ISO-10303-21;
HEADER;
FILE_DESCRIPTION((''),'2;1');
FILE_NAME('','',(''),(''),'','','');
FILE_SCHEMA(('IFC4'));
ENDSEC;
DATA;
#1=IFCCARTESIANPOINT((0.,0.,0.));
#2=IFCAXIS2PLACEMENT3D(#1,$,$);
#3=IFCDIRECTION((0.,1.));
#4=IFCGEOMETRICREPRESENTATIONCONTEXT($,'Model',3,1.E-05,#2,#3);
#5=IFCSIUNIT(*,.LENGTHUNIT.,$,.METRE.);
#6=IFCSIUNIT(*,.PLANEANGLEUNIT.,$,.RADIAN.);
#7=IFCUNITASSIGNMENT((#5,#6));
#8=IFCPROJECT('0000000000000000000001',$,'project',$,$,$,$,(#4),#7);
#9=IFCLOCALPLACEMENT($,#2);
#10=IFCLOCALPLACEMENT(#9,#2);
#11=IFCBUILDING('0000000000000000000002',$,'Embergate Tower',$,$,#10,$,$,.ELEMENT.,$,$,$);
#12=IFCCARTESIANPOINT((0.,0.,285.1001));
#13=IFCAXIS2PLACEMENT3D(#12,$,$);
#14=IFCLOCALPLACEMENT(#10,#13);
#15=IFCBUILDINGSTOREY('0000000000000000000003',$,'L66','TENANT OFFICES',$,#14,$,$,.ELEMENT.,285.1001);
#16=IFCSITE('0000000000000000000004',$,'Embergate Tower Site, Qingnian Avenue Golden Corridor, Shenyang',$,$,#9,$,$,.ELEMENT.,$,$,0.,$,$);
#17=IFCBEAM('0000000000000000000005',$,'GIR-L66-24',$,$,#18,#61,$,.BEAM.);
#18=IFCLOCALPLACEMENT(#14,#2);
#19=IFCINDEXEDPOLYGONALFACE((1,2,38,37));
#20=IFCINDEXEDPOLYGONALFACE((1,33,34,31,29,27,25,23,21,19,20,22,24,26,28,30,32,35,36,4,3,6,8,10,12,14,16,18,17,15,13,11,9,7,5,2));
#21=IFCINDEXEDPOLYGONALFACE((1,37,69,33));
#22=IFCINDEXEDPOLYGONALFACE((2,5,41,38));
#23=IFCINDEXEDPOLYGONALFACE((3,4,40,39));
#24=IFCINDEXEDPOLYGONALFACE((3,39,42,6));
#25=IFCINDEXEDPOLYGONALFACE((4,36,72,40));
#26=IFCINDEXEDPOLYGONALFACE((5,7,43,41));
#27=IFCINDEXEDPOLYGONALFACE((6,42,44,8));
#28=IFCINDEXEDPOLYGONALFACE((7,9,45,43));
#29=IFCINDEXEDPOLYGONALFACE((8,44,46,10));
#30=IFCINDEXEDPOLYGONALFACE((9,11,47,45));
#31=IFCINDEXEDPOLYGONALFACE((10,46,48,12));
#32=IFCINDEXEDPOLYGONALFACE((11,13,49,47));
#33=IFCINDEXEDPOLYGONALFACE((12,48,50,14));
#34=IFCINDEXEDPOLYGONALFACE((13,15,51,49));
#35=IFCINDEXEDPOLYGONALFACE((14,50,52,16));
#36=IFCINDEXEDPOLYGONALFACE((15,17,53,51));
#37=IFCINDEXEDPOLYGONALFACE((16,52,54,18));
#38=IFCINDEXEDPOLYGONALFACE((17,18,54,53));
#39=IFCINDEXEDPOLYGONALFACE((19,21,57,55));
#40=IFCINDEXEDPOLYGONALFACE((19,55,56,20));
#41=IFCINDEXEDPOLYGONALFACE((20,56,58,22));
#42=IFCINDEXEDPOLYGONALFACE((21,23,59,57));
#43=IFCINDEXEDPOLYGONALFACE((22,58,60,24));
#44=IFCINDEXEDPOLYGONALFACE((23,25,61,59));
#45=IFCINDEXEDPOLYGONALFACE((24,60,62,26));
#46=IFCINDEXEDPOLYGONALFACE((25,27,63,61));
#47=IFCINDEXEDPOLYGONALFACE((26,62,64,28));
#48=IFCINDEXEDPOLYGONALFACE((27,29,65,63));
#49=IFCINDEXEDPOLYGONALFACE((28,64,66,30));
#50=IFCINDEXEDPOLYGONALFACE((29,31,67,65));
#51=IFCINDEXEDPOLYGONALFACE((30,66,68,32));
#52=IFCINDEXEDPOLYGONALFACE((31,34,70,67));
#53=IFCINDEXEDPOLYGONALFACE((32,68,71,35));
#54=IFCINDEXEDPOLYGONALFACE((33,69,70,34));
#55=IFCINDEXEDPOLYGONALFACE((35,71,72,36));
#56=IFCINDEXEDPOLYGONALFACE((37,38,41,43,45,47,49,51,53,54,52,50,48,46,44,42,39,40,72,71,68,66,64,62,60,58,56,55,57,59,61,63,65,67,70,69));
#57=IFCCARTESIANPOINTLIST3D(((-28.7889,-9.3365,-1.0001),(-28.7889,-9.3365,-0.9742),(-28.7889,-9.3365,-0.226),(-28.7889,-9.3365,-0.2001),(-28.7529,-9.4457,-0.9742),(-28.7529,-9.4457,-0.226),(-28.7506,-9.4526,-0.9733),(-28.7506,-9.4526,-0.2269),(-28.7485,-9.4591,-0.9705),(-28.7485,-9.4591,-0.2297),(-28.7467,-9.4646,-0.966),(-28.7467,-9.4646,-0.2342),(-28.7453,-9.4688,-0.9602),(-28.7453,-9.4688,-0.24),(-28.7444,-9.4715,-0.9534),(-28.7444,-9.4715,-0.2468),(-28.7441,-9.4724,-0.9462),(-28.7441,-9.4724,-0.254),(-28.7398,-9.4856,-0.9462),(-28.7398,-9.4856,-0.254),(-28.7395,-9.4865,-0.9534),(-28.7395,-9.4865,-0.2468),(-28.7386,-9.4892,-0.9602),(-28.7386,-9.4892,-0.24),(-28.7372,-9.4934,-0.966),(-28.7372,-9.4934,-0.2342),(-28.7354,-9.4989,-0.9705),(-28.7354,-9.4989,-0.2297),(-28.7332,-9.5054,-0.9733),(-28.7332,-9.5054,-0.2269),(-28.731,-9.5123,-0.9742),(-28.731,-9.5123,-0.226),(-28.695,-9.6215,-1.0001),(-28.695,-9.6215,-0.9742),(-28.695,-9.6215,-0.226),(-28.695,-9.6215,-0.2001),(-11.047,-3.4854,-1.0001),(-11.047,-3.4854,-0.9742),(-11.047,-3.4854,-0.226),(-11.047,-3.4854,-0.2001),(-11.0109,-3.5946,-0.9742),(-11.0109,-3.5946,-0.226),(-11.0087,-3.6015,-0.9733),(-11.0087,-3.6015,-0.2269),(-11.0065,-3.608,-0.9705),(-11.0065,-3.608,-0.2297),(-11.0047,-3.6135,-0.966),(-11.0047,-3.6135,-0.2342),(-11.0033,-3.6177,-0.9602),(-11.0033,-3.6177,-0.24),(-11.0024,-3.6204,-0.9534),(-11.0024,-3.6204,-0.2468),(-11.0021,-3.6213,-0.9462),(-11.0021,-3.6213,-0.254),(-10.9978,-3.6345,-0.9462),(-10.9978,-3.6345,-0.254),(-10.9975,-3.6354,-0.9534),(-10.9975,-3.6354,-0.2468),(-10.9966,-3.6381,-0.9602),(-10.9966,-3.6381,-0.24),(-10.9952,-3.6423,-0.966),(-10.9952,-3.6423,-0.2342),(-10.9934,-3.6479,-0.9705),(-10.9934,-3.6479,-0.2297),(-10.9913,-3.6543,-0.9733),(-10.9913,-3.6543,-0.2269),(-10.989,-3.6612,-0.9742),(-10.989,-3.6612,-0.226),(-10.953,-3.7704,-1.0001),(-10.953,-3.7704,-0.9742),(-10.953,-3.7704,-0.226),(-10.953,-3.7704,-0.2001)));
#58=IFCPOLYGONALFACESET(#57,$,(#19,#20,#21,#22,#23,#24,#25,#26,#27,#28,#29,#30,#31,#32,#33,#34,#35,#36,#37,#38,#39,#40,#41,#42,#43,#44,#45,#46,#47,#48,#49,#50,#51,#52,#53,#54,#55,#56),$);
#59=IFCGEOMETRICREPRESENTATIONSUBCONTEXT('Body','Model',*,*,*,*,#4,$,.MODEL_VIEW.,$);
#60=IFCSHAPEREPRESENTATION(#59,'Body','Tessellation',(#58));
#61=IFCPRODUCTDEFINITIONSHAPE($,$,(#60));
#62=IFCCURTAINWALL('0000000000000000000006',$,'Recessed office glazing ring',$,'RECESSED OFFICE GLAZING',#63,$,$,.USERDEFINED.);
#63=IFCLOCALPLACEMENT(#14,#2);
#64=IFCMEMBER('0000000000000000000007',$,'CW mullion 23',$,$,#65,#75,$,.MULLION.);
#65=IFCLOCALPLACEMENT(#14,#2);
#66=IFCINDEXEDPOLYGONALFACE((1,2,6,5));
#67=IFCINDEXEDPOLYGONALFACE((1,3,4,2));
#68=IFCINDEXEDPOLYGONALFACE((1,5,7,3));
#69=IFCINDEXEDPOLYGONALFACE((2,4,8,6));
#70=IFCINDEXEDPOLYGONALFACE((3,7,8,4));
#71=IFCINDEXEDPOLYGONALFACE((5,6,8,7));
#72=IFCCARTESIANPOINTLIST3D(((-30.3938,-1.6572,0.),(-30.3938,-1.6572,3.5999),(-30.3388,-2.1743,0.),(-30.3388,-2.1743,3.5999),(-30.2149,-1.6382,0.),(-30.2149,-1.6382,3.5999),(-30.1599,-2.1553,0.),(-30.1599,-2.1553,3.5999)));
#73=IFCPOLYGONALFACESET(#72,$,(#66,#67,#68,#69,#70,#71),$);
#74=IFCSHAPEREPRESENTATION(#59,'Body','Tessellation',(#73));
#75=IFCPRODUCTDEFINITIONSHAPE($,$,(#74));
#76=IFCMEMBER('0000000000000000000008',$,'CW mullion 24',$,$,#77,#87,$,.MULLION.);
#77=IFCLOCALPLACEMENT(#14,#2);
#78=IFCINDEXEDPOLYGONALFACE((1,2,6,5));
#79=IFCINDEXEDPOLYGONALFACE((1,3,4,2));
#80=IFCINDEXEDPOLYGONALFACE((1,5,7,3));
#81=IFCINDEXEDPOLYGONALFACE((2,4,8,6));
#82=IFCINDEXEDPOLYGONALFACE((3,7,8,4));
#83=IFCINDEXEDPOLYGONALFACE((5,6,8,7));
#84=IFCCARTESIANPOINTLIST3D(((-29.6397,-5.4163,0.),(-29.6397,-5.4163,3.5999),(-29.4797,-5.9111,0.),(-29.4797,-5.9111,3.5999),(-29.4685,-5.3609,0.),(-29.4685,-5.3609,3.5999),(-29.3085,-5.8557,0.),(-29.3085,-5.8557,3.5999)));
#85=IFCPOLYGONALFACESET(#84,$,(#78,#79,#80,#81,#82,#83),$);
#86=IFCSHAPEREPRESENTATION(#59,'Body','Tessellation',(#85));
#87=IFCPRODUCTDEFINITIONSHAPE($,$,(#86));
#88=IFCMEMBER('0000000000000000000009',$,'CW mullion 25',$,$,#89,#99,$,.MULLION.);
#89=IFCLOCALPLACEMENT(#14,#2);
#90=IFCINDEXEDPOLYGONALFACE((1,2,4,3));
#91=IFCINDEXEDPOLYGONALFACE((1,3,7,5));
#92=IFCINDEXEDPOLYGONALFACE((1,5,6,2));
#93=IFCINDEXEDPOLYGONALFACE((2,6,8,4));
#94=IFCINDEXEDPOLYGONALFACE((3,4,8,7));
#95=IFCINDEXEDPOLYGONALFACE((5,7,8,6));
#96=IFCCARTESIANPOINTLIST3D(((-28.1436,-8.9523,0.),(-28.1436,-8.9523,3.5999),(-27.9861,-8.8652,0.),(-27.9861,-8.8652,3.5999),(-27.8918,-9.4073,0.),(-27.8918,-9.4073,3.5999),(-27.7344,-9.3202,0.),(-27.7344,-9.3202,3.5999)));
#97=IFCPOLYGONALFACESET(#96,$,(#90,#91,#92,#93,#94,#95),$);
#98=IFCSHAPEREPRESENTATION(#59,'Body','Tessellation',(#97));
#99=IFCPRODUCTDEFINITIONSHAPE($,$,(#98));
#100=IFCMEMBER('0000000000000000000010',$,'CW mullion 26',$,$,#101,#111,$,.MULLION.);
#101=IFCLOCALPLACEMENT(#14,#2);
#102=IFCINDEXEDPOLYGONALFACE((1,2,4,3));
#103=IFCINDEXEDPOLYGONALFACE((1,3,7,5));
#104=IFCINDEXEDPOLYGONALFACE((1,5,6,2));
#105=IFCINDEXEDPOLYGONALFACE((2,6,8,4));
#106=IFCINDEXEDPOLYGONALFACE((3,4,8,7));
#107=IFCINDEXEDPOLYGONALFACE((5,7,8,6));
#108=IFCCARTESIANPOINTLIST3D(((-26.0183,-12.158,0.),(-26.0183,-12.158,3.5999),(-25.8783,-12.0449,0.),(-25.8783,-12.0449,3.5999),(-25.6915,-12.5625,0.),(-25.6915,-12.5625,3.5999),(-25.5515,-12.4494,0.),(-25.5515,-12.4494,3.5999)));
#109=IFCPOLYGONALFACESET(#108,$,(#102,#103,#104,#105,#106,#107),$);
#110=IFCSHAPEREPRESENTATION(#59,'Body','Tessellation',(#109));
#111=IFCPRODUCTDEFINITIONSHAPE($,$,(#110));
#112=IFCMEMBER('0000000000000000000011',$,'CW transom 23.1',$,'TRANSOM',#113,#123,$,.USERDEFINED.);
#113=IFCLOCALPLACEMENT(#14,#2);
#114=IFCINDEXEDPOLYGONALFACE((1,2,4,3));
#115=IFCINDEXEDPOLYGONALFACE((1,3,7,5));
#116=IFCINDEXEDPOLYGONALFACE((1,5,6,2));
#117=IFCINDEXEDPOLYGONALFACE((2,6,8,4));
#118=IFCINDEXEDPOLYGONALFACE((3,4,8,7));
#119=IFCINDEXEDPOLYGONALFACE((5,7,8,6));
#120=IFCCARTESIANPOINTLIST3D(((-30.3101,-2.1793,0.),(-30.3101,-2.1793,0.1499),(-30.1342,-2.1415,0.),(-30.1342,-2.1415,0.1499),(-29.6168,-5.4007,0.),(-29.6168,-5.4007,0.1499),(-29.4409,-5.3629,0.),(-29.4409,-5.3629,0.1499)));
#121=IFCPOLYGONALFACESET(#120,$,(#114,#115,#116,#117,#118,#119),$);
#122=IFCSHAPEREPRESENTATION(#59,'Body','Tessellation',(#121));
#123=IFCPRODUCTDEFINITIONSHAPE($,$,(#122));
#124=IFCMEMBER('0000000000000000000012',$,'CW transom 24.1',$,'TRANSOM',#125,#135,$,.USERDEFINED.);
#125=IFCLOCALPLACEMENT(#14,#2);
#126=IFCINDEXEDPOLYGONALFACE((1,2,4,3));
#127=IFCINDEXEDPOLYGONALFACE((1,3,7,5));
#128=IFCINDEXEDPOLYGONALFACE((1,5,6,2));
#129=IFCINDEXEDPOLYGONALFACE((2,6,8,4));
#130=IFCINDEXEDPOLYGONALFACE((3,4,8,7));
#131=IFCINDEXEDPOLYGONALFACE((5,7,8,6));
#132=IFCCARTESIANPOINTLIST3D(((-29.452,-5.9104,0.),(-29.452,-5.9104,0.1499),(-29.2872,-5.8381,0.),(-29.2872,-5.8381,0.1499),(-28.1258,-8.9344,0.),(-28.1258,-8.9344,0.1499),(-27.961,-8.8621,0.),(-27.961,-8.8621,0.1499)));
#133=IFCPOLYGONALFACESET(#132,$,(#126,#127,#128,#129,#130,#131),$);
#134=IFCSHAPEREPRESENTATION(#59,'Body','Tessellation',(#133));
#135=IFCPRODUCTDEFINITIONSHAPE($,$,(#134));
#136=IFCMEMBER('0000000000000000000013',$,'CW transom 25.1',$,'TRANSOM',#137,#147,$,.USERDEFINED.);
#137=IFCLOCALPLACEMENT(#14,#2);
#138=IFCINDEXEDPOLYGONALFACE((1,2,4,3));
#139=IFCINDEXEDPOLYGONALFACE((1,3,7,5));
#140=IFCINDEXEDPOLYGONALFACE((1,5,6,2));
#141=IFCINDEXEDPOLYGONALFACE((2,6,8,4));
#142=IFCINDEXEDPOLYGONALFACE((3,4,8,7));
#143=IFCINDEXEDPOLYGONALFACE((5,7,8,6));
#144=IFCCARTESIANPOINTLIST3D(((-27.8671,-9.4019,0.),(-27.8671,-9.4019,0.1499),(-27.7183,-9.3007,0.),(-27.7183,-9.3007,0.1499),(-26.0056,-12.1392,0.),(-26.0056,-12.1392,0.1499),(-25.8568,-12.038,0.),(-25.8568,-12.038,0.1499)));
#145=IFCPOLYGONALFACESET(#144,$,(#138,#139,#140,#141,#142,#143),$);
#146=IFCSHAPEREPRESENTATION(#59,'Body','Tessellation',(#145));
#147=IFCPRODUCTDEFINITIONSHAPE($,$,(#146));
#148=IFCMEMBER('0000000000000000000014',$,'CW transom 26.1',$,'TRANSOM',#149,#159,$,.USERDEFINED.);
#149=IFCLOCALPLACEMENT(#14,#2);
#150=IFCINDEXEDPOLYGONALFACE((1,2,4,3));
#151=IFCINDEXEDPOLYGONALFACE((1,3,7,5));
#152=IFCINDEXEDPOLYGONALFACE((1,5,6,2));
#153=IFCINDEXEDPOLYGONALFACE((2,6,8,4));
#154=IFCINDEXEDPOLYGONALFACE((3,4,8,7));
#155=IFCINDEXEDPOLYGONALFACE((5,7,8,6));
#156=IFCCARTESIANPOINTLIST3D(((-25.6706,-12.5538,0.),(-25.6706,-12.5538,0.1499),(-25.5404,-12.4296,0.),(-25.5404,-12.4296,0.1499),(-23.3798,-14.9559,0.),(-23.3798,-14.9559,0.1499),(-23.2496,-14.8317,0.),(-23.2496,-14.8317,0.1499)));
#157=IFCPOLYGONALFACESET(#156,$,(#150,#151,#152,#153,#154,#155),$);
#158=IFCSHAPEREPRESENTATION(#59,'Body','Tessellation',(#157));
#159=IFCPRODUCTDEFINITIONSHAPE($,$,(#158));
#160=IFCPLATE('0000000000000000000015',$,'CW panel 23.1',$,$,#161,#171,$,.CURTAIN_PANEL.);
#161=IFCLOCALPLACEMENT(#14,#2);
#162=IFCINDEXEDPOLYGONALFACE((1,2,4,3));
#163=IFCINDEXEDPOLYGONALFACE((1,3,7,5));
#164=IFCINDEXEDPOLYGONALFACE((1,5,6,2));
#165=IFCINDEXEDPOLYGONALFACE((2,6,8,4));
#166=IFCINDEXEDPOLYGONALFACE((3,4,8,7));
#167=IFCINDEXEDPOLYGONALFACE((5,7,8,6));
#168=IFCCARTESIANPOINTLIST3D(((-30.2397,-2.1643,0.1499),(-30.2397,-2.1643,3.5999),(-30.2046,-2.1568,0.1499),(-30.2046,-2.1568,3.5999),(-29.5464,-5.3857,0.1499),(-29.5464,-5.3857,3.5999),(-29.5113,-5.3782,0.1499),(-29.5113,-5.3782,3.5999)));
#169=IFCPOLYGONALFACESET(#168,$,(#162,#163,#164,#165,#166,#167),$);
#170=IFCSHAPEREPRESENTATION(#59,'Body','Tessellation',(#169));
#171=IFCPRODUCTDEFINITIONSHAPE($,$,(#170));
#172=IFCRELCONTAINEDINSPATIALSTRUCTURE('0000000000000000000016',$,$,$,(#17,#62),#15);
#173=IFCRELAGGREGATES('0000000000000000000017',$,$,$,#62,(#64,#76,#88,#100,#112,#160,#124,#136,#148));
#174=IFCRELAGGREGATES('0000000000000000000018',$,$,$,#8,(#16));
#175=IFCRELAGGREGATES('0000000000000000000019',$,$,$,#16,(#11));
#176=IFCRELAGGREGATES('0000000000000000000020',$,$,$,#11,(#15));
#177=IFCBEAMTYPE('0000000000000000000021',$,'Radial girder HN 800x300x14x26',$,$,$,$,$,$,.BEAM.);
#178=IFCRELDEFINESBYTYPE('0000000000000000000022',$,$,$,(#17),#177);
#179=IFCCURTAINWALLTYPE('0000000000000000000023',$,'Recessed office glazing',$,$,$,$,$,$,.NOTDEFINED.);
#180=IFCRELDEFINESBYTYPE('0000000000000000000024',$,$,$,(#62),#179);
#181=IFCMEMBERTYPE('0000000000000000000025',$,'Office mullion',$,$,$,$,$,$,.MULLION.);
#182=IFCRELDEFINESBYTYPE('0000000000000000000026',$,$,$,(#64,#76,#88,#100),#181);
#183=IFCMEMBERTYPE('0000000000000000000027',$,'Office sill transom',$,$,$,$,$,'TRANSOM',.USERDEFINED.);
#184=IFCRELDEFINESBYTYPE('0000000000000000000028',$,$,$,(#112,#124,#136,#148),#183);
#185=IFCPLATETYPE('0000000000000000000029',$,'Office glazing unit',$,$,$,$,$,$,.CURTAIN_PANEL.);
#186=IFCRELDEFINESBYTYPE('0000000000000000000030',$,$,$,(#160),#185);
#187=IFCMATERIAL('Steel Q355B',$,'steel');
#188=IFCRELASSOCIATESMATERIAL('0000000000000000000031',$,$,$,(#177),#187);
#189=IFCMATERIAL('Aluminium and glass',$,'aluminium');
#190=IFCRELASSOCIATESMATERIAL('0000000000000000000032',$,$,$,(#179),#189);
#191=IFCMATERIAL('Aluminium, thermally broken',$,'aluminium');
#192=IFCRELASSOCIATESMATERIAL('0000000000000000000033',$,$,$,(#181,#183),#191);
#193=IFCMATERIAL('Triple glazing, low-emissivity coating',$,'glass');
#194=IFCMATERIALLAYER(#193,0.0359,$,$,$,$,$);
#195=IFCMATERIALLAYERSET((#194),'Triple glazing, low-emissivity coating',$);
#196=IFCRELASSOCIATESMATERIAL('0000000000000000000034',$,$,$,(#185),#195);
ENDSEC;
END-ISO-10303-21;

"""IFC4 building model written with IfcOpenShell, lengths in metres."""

from ifc_helpers import new_model, si_unit, direction, frame, origin, origin_2d, place, context, subcontext, project, spatial, rectangle, i_section, extrude, source, transform, mapped, material, layer, layer_set, material_profile, profile_set, type_object, element, aggregate, save


model = new_model("IFC4")

# Units and contexts
model_context = context("Model", 3, precision=1e-05, world=origin(), true_north=direction((0.0, 1.0)))
body_context = subcontext(model_context, "Body", "Model", "MODEL_VIEW")
ifc_project = project(units=[si_unit("LENGTHUNIT", "METRE"), si_unit("PLANEANGLEUNIT", "RADIAN")], contexts=[model_context])

# Site, building, storey
site_placement = place(None, origin())
site = spatial("IfcSite", under=ifc_project, at=site_placement, Name="Embergate Tower Site, Qingnian Avenue Golden Corridor, Shenyang", CompositionType="ELEMENT", RefElevation=0.0)
building_placement = place(site_placement, origin())
building = spatial("IfcBuilding", under=site, at=building_placement, Name="Embergate Tower", CompositionType="ELEMENT")
storey_placement = place(building_placement, frame((0.0, 0.0, 285.1001)))
storey = spatial("IfcBuildingStorey", under=building, at=storey_placement, Name="L66", Description="TENANT OFFICES", CompositionType="ELEMENT", Elevation=285.1001)

# Beam
ifc_material_1 = material(Name="Steel Q355B", Category="steel")
ifc_material_profile_1 = material_profile(ifc_material_1, i_section(OverallWidth=0.3, OverallDepth=0.8, WebThickness=0.0139, FlangeThickness=0.0259, FilletRadius=0.0281, at=origin_2d()), Name="HN 800x300x14x26")
ifc_profile_set_1 = profile_set([ifc_material_profile_1], Name="Steel Q355 grade B")
beam_type_1 = type_object("IfcBeamType", Name="Radial girder HN 800x300x14x26", PredefinedType="BEAM", material=ifc_profile_set_1)
shared_shape_1 = source(origin(), body_context, "Body", "SweptSolid", [
    extrude(i_section(OverallWidth=0.3, OverallDepth=0.8, WebThickness=0.0139, FlangeThickness=0.0259, FilletRadius=0.0281, at=origin_2d()), origin(), (0.0, 0.0, 1.0), 18.6819),
])
beam_1_placement = place(storey_placement, frame((-28.7419, -9.479, -0.6001), z_axis=(0.949689, 0.313196, 0.0), x_axis=(-0.313196, 0.949689, 0.0)))
element("IfcBeam", 1, at=beam_1_placement, inside=storey, type_object=beam_type_1, Name="GIR-L66-24", PredefinedType="BEAM", context=body_context, shape_type="MappedRepresentation", body=[
    mapped(shared_shape_1, transform((0.0, 0.0, 0.0))),
])

# Curtain wall, members, plate
ifc_material_2 = material(Name="Aluminium and glass", Category="aluminium")
curtain_wall_type = type_object("IfcCurtainWallType", Name="Recessed office glazing", PredefinedType="NOTDEFINED", material=ifc_material_2)
curtain_wall_placement = place(storey_placement, origin())
curtain_wall = element("IfcCurtainWall", 2, at=curtain_wall_placement, inside=storey, type_object=curtain_wall_type, Name="Recessed office glazing ring", ObjectType="RECESSED OFFICE GLAZING", PredefinedType="USERDEFINED")
ifc_material_3 = material(Name="Aluminium, thermally broken", Category="aluminium")
ifc_material_profile_2 = material_profile(ifc_material_3, rectangle(XDim=0.1799, YDim=0.52, at=origin_2d()), Name="AL 520x180")
ifc_profile_set_2 = profile_set([ifc_material_profile_2], Name="Aluminium, thermally broken")
member_type_1 = type_object("IfcMemberType", Name="Office mullion", PredefinedType="MULLION", material=ifc_profile_set_2)
shared_shape_2 = source(origin(), body_context, "Body", "SweptSolid", [
    extrude(rectangle(XDim=0.1799, YDim=0.52, at=origin_2d()), origin(), (0.0, 0.0, 1.0), 3.5999),
])
member_1_placement = place(storey_placement, frame((-30.2769, -1.9062, 0.0), z_axis=(0.0, 0.0, 1.0), x_axis=(0.994384, 0.105832, 0.0)))
member_1 = element("IfcMember", 3, at=member_1_placement, type_object=member_type_1, Name="CW mullion 23", PredefinedType="MULLION", context=body_context, shape_type="MappedRepresentation", body=[
    mapped(shared_shape_2, transform((0.0, 0.0, 0.0))),
])
member_2_placement = place(storey_placement, frame((-29.4741, -5.636, 0.0), z_axis=(0.0, 0.0, 1.0), x_axis=(0.951491, 0.307675, 0.0)))
member_2 = element("IfcMember", 4, at=member_2_placement, type_object=member_type_1, Name="CW mullion 24", PredefinedType="MULLION", context=body_context, shape_type="MappedRepresentation", body=[
    mapped(shared_shape_2, transform((0.0, 0.0, 0.0))),
])
member_3_placement = place(storey_placement, frame((-27.939, -9.1362, 0.0), z_axis=(0.0, 0.0, 1.0), x_axis=(0.874988, 0.484144, 0.0)))
member_3 = element("IfcMember", 5, at=member_3_placement, type_object=member_type_1, Name="CW mullion 25", PredefinedType="MULLION", context=body_context, shape_type="MappedRepresentation", body=[
    mapped(shared_shape_2, transform((0.0, 0.0, 0.0))),
])
member_4_placement = place(storey_placement, frame((-25.7849, -12.3037, 0.0), z_axis=(0.0, 0.0, 1.0), x_axis=(0.777856, 0.628442, 0.0)))
member_4 = element("IfcMember", 6, at=member_4_placement, type_object=member_type_1, Name="CW mullion 26", PredefinedType="MULLION", context=body_context, shape_type="MappedRepresentation", body=[
    mapped(shared_shape_2, transform((0.0, 0.0, 0.0))),
])
ifc_material_profile_3 = material_profile(ifc_material_3, rectangle(XDim=0.1799, YDim=0.1499, at=origin_2d()), Name="AL 150x180")
ifc_profile_set_3 = profile_set([ifc_material_profile_3], Name="Aluminium, thermally broken")
member_type_2 = type_object("IfcMemberType", Name="Office sill transom", ElementType="TRANSOM", PredefinedType="USERDEFINED", material=ifc_profile_set_3)
shared_shape_3 = source(origin(), body_context, "Body", "SweptSolid", [
    extrude(rectangle(XDim=0.1799, YDim=0.1499, at=origin_2d()), origin(), (0.0, 0.0, 1.0), 3.2952),
])
member_5_placement = place(storey_placement, frame((-30.2222, -2.1604, 0.075), z_axis=(0.210414, -0.977612, 0.0), x_axis=(0.977612, 0.210414, 0.0)))
member_5 = element("IfcMember", 7, at=member_5_placement, type_object=member_type_2, Name="CW transom 23.1", ObjectType="TRANSOM", PredefinedType="USERDEFINED", context=body_context, shape_type="MappedRepresentation", body=[
    mapped(shared_shape_3, transform((0.0, 0.0, 0.0))),
])
shared_shape_4 = source(origin(), body_context, "Body", "SweptSolid", [
    extrude(rectangle(XDim=0.1799, YDim=0.1499, at=origin_2d()), origin(), (0.0, 0.0, 1.0), 3.302),
])
member_6_placement = place(storey_placement, frame((-29.3696, -5.8743, 0.075), z_axis=(0.401633, -0.915801, 0.0), x_axis=(0.915801, 0.401633, 0.0)))
member_6 = element("IfcMember", 8, at=member_6_placement, type_object=member_type_2, Name="CW transom 24.1", ObjectType="TRANSOM", PredefinedType="USERDEFINED", context=body_context, shape_type="MappedRepresentation", body=[
    mapped(shared_shape_4, transform((0.0, 0.0, 0.0))),
])
shared_shape_5 = source(origin(), body_context, "Body", "SweptSolid", [
    extrude(rectangle(XDim=0.1799, YDim=0.1499, at=origin_2d()), origin(), (0.0, 0.0, 1.0), 3.3103),
])
member_7_placement = place(storey_placement, frame((-27.7927, -9.3513, 0.075), z_axis=(0.562352, -0.826898, 0.0), x_axis=(0.826898, 0.562352, 0.0)))
member_7 = element("IfcMember", 9, at=member_7_placement, type_object=member_type_2, Name="CW transom 25.1", ObjectType="TRANSOM", PredefinedType="USERDEFINED", context=body_context, shape_type="MappedRepresentation", body=[
    mapped(shared_shape_5, transform((0.0, 0.0, 0.0))),
])
shared_shape_6 = source(origin(), body_context, "Body", "SweptSolid", [
    extrude(rectangle(XDim=0.1799, YDim=0.1499, at=origin_2d()), origin(), (0.0, 0.0, 1.0), 3.3193),
])
member_8_placement = place(storey_placement, frame((-25.6055, -12.4917, 0.075), z_axis=(0.690138, -0.723678, 0.0), x_axis=(0.723678, 0.690138, 0.0)))
member_8 = element("IfcMember", 10, at=member_8_placement, type_object=member_type_2, Name="CW transom 26.1", ObjectType="TRANSOM", PredefinedType="USERDEFINED", context=body_context, shape_type="MappedRepresentation", body=[
    mapped(shared_shape_6, transform((0.0, 0.0, 0.0))),
])
ifc_material_4 = material(Name="Triple glazing, low-emissivity coating", Category="glass")
ifc_layer_1 = layer(ifc_material_4, 0.0359)
ifc_layer_set_1 = layer_set([ifc_layer_1], Name="Triple glazing, low-emissivity coating")
plate_type = type_object("IfcPlateType", Name="Office glazing unit", PredefinedType="CURTAIN_PANEL", material=ifc_layer_set_1)
shared_shape_7 = source(origin(), body_context, "Body", "SweptSolid", [
    extrude(rectangle(XDim=3.2952, YDim=0.0359, at=origin_2d()), origin(), (0.0, 0.0, 1.0), 3.45),
])
plate_1_placement = place(storey_placement, frame((-29.8755, -3.7712, 0.1499), z_axis=(0.0, 0.0, 1.0), x_axis=(0.210405, -0.977614, 0.0)))
plate_1 = element("IfcPlate", 11, at=plate_1_placement, type_object=plate_type, Name="CW panel 23.1", PredefinedType="CURTAIN_PANEL", context=body_context, shape_type="MappedRepresentation", body=[
    mapped(shared_shape_7, transform((0.0, 0.0, 0.0))),
])
aggregate(curtain_wall, [member_1, member_2, member_3, member_4, member_5, plate_1, member_6, member_7, member_8])

save(model, "model.ifc")
